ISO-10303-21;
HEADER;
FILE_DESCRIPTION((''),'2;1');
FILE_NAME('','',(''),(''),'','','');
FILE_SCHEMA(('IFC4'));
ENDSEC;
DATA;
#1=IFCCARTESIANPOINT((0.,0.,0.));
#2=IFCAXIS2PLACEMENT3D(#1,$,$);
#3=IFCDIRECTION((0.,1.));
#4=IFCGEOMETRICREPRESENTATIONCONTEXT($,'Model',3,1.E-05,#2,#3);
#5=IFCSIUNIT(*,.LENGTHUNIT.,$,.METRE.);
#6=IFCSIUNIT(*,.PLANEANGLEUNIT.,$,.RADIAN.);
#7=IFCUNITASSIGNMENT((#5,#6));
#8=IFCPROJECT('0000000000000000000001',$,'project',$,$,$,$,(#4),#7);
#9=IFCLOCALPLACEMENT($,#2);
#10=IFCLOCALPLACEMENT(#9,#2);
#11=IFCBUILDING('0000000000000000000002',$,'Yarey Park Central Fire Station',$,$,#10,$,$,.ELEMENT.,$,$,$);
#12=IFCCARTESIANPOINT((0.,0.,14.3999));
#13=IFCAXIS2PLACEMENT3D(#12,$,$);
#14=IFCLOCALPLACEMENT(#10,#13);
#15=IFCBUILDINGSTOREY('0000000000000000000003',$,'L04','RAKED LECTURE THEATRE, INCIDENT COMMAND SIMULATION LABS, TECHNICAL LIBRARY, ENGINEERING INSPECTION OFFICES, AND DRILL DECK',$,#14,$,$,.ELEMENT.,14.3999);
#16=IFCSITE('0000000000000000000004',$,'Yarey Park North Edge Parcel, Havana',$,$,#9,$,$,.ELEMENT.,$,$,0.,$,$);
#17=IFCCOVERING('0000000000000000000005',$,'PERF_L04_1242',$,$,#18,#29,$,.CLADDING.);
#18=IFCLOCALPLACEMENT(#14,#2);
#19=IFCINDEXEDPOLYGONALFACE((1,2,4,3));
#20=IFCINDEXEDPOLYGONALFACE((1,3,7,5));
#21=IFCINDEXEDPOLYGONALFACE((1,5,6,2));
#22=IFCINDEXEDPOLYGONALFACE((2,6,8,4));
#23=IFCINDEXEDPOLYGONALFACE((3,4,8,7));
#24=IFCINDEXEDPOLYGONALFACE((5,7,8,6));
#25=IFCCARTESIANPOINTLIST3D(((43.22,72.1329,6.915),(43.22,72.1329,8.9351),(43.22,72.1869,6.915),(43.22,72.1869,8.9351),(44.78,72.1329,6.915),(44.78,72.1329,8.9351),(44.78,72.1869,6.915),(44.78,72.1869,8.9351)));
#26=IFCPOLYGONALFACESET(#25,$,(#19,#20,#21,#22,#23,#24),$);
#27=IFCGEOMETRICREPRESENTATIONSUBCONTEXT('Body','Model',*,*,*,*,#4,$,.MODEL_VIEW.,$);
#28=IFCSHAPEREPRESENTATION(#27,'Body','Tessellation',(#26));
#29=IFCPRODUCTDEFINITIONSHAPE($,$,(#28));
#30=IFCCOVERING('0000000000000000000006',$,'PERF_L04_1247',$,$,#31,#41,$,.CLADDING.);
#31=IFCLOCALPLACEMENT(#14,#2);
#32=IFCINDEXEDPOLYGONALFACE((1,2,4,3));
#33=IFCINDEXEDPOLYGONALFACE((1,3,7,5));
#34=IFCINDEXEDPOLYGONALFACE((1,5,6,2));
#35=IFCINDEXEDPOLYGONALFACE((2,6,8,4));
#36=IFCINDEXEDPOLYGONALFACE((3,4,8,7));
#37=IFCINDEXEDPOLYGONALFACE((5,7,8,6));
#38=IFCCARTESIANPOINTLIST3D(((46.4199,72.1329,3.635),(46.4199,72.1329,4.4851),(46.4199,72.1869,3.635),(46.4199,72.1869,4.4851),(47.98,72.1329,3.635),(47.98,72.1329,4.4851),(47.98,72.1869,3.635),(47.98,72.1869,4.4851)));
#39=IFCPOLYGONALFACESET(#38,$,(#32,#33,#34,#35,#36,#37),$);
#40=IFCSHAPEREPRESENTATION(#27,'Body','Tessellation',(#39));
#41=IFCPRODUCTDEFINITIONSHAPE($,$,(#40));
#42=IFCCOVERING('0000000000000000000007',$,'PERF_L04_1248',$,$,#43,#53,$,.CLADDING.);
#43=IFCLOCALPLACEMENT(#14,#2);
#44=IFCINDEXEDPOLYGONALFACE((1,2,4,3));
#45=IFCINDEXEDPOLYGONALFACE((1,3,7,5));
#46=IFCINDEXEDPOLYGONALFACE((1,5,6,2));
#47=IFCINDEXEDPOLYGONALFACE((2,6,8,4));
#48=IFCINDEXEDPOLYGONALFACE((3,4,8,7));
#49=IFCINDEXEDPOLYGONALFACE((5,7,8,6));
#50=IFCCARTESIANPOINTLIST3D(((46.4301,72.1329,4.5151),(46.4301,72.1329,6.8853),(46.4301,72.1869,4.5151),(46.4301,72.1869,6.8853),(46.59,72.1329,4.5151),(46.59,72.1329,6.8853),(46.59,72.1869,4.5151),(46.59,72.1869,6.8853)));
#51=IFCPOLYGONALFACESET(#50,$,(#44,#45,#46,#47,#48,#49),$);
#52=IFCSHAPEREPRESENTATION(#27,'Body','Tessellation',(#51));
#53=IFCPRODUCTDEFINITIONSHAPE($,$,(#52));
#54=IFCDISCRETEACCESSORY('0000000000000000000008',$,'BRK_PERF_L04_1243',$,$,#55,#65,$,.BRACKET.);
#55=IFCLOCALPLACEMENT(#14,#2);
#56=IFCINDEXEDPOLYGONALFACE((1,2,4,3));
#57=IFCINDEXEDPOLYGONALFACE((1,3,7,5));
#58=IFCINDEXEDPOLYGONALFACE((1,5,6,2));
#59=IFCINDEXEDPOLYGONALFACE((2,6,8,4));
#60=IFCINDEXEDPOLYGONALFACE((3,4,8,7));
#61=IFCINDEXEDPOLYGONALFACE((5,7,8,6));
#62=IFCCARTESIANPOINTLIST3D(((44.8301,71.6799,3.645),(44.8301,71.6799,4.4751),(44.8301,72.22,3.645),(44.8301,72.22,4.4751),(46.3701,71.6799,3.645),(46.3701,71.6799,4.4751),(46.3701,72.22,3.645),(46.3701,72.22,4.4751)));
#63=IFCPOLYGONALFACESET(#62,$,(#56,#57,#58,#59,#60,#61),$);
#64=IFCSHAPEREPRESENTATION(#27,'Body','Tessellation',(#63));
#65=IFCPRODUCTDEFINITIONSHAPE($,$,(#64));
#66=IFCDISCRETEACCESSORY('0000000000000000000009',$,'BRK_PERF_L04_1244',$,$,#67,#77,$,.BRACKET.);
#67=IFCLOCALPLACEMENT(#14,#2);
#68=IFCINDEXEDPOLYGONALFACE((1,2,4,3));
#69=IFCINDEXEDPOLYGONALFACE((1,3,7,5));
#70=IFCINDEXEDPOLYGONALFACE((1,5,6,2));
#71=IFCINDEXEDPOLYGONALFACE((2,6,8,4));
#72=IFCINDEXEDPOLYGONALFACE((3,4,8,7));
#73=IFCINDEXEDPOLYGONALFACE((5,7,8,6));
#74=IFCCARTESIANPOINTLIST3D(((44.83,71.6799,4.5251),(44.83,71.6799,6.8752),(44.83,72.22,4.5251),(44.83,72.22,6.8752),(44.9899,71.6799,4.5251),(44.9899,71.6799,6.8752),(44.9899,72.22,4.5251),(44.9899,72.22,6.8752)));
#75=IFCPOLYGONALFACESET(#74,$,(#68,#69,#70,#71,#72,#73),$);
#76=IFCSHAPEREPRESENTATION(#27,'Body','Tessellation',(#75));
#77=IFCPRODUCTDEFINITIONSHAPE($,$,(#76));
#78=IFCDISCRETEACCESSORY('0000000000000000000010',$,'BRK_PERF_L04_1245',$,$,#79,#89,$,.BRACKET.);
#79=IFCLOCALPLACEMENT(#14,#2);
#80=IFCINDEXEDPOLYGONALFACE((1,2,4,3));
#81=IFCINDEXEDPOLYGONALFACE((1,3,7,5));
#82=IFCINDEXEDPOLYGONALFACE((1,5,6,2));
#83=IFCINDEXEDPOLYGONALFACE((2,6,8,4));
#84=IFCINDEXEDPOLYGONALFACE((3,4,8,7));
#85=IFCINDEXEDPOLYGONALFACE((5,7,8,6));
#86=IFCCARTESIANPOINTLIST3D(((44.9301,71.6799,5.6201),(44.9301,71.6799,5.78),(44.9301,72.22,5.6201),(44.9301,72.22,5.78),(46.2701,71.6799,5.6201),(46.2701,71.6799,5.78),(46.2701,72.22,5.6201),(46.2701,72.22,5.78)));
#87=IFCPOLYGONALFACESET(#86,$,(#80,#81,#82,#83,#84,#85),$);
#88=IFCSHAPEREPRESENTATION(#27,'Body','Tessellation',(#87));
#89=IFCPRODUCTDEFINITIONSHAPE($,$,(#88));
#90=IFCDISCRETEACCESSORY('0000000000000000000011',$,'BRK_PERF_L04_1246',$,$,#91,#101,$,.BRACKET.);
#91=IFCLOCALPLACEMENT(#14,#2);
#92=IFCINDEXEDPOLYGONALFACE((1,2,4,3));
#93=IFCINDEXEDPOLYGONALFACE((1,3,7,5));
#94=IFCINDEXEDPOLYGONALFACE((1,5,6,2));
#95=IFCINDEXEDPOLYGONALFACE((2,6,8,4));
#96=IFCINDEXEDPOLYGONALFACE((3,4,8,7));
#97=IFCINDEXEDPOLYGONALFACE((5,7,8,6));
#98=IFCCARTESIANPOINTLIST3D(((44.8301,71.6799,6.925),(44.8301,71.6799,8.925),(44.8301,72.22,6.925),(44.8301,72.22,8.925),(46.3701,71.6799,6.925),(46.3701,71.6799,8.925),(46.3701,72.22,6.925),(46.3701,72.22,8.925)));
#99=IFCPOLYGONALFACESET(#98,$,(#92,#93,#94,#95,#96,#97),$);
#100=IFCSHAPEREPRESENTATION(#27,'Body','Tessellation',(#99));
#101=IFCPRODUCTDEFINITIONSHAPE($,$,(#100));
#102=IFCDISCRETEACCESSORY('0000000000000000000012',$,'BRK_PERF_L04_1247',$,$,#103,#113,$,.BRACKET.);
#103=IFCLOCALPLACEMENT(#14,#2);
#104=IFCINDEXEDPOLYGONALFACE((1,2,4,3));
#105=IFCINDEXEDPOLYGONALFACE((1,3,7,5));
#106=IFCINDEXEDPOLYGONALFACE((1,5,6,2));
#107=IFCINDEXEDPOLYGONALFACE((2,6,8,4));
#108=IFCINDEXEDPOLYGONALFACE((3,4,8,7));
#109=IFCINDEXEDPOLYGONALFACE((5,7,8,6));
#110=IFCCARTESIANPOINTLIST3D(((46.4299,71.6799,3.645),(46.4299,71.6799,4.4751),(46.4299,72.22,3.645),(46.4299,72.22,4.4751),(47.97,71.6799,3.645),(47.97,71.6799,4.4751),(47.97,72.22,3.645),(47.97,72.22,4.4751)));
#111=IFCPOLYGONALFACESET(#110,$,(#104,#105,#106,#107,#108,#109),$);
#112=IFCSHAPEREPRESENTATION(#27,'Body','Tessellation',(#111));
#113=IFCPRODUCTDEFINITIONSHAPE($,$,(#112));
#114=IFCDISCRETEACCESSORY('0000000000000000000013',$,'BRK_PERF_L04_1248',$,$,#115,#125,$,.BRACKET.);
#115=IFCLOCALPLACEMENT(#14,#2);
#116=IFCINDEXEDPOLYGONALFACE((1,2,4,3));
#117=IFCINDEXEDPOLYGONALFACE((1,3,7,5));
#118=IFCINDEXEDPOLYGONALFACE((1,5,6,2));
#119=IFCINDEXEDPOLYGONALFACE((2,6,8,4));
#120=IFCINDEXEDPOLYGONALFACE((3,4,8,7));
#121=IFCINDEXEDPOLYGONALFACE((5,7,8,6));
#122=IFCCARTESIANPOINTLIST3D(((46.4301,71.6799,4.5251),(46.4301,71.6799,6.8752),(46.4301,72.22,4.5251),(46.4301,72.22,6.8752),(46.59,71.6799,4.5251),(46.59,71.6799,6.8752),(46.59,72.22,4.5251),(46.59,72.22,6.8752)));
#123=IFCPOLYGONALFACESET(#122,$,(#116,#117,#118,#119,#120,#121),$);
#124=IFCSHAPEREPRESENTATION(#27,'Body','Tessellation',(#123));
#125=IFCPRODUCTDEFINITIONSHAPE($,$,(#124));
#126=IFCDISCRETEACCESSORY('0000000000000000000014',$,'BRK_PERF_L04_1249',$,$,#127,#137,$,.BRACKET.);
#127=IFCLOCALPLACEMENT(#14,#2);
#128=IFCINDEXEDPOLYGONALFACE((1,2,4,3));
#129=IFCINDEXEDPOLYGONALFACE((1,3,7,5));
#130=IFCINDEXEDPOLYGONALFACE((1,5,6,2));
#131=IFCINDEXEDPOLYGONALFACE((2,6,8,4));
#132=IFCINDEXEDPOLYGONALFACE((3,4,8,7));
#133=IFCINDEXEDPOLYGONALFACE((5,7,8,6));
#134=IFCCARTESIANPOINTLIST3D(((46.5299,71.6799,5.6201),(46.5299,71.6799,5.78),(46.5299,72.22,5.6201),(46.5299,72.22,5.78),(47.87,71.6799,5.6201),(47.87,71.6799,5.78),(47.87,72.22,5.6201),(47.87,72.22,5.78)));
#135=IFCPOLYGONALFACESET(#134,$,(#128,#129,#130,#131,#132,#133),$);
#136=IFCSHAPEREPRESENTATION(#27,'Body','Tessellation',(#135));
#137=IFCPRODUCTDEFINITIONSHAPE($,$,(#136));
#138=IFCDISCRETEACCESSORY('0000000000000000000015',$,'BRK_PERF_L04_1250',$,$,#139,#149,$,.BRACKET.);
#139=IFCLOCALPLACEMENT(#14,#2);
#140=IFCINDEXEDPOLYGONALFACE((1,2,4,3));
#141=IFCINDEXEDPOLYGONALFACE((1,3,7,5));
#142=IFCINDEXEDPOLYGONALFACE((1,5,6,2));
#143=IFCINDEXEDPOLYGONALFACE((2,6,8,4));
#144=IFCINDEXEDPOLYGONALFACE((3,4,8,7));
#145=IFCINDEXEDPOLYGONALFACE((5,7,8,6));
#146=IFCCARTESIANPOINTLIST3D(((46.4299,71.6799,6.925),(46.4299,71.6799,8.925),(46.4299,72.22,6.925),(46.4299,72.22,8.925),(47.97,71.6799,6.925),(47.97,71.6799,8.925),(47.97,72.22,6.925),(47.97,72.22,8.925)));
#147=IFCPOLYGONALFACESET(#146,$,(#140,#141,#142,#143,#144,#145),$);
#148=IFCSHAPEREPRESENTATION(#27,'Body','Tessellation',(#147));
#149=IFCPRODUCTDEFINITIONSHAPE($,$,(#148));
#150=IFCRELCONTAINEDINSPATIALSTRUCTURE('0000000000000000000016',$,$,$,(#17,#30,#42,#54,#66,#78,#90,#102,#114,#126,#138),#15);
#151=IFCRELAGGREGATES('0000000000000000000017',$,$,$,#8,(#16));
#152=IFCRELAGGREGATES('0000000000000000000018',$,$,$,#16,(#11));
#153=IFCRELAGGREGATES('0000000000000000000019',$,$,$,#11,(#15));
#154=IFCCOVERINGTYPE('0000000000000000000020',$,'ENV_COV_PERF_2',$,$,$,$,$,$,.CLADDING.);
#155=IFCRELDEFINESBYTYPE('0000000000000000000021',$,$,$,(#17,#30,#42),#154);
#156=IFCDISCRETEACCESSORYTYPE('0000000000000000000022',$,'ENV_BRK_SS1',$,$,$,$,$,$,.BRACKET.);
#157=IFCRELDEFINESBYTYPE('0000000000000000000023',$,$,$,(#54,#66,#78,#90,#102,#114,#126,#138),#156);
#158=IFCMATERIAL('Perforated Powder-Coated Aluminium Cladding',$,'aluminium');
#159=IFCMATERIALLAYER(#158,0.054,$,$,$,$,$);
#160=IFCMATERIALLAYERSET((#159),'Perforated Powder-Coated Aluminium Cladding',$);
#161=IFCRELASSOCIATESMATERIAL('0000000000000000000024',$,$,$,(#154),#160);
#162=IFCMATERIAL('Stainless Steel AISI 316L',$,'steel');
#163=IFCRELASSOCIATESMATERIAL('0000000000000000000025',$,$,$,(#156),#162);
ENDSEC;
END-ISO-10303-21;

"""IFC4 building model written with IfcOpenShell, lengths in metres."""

from ifc_helpers import new_model, si_unit, direction, frame, origin, origin_2d, place, context, subcontext, project, spatial, rectangle, extrude, material, layer, layer_set, type_object, element, save


model = new_model("IFC4")

# Units and contexts
model_context = context("Model", 3, precision=1e-05, world=origin(), true_north=direction((0.0, 1.0)))
body_context = subcontext(model_context, "Body", "Model", "MODEL_VIEW")
ifc_project = project(units=[si_unit("LENGTHUNIT", "METRE"), si_unit("PLANEANGLEUNIT", "RADIAN")], contexts=[model_context])

# Site, building, storey
site_placement = place(None, origin())
site = spatial("IfcSite", under=ifc_project, at=site_placement, Name="Yarey Park North Edge Parcel, Havana", CompositionType="ELEMENT", RefElevation=0.0)
building_placement = place(site_placement, origin())
building = spatial("IfcBuilding", under=site, at=building_placement, Name="Yarey Park Central Fire Station", CompositionType="ELEMENT")
storey_placement = place(building_placement, frame((0.0, 0.0, 14.3999)))
storey = spatial("IfcBuildingStorey", under=building, at=storey_placement, Name="L04", Description="RAKED LECTURE THEATRE, INCIDENT COMMAND SIMULATION LABS, TECHNICAL LIBRARY, ENGINEERING INSPECTION OFFICES, AND DRILL DECK", CompositionType="ELEMENT", Elevation=14.3999)

# Coverings
ifc_material_1 = material(Name="Perforated Powder-Coated Aluminium Cladding", Category="aluminium")
ifc_layer_1 = layer(ifc_material_1, 0.054)
ifc_layer_set_1 = layer_set([ifc_layer_1], Name="Perforated Powder-Coated Aluminium Cladding")
covering_type_1 = type_object("IfcCoveringType", Name="ENV_COV_PERF_2", PredefinedType="CLADDING", material=ifc_layer_set_1)
covering_1_placement = place(storey_placement, frame((44.0, 72.1599, 6.915), z_axis=(0.0, 0.0, 1.0), x_axis=(1.0, 0.0, 0.0)))
element("IfcCovering", 1, at=covering_1_placement, inside=storey, type_object=covering_type_1, Name="PERF_L04_1242", PredefinedType="CLADDING", context=body_context, shape_type="SweptSolid", body=[
    extrude(rectangle(XDim=1.5601, YDim=0.054, at=origin_2d()), origin(), (0.0, 0.0, 1.0), 2.02),
])
covering_2_placement = place(storey_placement, frame((47.2, 72.1599, 3.635), z_axis=(0.0, 0.0, 1.0), x_axis=(1.0, 0.0, 0.0)))
element("IfcCovering", 2, at=covering_2_placement, inside=storey, type_object=covering_type_1, Name="PERF_L04_1247", PredefinedType="CLADDING", context=body_context, shape_type="SweptSolid", body=[
    extrude(rectangle(XDim=1.5601, YDim=0.054, at=origin_2d()), origin(), (0.0, 0.0, 1.0), 0.8501),
])
covering_3_placement = place(storey_placement, frame((46.51, 72.1599, 4.5151), z_axis=(0.0, 0.0, 1.0), x_axis=(1.0, 0.0, 0.0)))
element("IfcCovering", 3, at=covering_3_placement, inside=storey, type_object=covering_type_1, Name="PERF_L04_1248", PredefinedType="CLADDING", context=body_context, shape_type="SweptSolid", body=[
    extrude(rectangle(XDim=0.1599, YDim=0.054, at=origin_2d()), origin(), (0.0, 0.0, 1.0), 2.3701),
])

# Discrete accessories
ifc_material_2 = material(Name="Stainless Steel AISI 316L", Category="steel")
discrete_accessory_type = type_object("IfcDiscreteAccessoryType", Name="ENV_BRK_SS1", PredefinedType="BRACKET", material=ifc_material_2)
discrete_accessory_1_placement = place(storey_placement, frame((45.6001, 71.95, 3.645), z_axis=(0.0, 0.0, 1.0), x_axis=(1.0, 0.0, 0.0)))
element("IfcDiscreteAccessory", 4, at=discrete_accessory_1_placement, inside=storey, type_object=discrete_accessory_type, Name="BRK_PERF_L04_1243", PredefinedType="BRACKET", context=body_context, shape_type="SweptSolid", body=[
    extrude(rectangle(XDim=1.54, YDim=0.54, at=origin_2d()), origin(), (0.0, 0.0, 1.0), 0.8301),
])
discrete_accessory_2_placement = place(storey_placement, frame((44.9099, 71.95, 4.5251), z_axis=(0.0, 0.0, 1.0), x_axis=(1.0, 0.0, 0.0)))
element("IfcDiscreteAccessory", 5, at=discrete_accessory_2_placement, inside=storey, type_object=discrete_accessory_type, Name="BRK_PERF_L04_1244", PredefinedType="BRACKET", context=body_context, shape_type="SweptSolid", body=[
    extrude(rectangle(XDim=0.1599, YDim=0.54, at=origin_2d()), origin(), (0.0, 0.0, 1.0), 2.3501),
])
discrete_accessory_3_placement = place(storey_placement, frame((45.6001, 71.95, 5.6201), z_axis=(0.0, 0.0, 1.0), x_axis=(1.0, 0.0, 0.0)))
element("IfcDiscreteAccessory", 6, at=discrete_accessory_3_placement, inside=storey, type_object=discrete_accessory_type, Name="BRK_PERF_L04_1245", PredefinedType="BRACKET", context=body_context, shape_type="SweptSolid", body=[
    extrude(rectangle(XDim=1.3401, YDim=0.54, at=origin_2d()), origin(), (0.0, 0.0, 1.0), 0.1599),
])
discrete_accessory_4_placement = place(storey_placement, frame((45.6001, 71.95, 6.925), z_axis=(0.0, 0.0, 1.0), x_axis=(1.0, 0.0, 0.0)))
element("IfcDiscreteAccessory", 7, at=discrete_accessory_4_placement, inside=storey, type_object=discrete_accessory_type, Name="BRK_PERF_L04_1246", PredefinedType="BRACKET", context=body_context, shape_type="SweptSolid", body=[
    extrude(rectangle(XDim=1.54, YDim=0.54, at=origin_2d()), origin(), (0.0, 0.0, 1.0), 2.0),
])
discrete_accessory_5_placement = place(storey_placement, frame((47.2, 71.95, 3.645), z_axis=(0.0, 0.0, 1.0), x_axis=(1.0, 0.0, 0.0)))
element("IfcDiscreteAccessory", 8, at=discrete_accessory_5_placement, inside=storey, type_object=discrete_accessory_type, Name="BRK_PERF_L04_1247", PredefinedType="BRACKET", context=body_context, shape_type="SweptSolid", body=[
    extrude(rectangle(XDim=1.54, YDim=0.54, at=origin_2d()), origin(), (0.0, 0.0, 1.0), 0.8301),
])
discrete_accessory_6_placement = place(storey_placement, frame((46.51, 71.95, 4.5251), z_axis=(0.0, 0.0, 1.0), x_axis=(1.0, 0.0, 0.0)))
element("IfcDiscreteAccessory", 9, at=discrete_accessory_6_placement, inside=storey, type_object=discrete_accessory_type, Name="BRK_PERF_L04_1248", PredefinedType="BRACKET", context=body_context, shape_type="SweptSolid", body=[
    extrude(rectangle(XDim=0.1599, YDim=0.54, at=origin_2d()), origin(), (0.0, 0.0, 1.0), 2.3501),
])
discrete_accessory_7_placement = place(storey_placement, frame((47.2, 71.95, 5.6201), z_axis=(0.0, 0.0, 1.0), x_axis=(1.0, 0.0, 0.0)))
element("IfcDiscreteAccessory", 10, at=discrete_accessory_7_placement, inside=storey, type_object=discrete_accessory_type, Name="BRK_PERF_L04_1249", PredefinedType="BRACKET", context=body_context, shape_type="SweptSolid", body=[
    extrude(rectangle(XDim=1.3401, YDim=0.54, at=origin_2d()), origin(), (0.0, 0.0, 1.0), 0.1599),
])
discrete_accessory_8_placement = place(storey_placement, frame((47.2, 71.95, 6.925), z_axis=(0.0, 0.0, 1.0), x_axis=(1.0, 0.0, 0.0)))
element("IfcDiscreteAccessory", 11, at=discrete_accessory_8_placement, inside=storey, type_object=discrete_accessory_type, Name="BRK_PERF_L04_1250", PredefinedType="BRACKET", context=body_context, shape_type="SweptSolid", body=[
    extrude(rectangle(XDim=1.54, YDim=0.54, at=origin_2d()), origin(), (0.0, 0.0, 1.0), 2.0),
])

save(model, "model.ifc")
